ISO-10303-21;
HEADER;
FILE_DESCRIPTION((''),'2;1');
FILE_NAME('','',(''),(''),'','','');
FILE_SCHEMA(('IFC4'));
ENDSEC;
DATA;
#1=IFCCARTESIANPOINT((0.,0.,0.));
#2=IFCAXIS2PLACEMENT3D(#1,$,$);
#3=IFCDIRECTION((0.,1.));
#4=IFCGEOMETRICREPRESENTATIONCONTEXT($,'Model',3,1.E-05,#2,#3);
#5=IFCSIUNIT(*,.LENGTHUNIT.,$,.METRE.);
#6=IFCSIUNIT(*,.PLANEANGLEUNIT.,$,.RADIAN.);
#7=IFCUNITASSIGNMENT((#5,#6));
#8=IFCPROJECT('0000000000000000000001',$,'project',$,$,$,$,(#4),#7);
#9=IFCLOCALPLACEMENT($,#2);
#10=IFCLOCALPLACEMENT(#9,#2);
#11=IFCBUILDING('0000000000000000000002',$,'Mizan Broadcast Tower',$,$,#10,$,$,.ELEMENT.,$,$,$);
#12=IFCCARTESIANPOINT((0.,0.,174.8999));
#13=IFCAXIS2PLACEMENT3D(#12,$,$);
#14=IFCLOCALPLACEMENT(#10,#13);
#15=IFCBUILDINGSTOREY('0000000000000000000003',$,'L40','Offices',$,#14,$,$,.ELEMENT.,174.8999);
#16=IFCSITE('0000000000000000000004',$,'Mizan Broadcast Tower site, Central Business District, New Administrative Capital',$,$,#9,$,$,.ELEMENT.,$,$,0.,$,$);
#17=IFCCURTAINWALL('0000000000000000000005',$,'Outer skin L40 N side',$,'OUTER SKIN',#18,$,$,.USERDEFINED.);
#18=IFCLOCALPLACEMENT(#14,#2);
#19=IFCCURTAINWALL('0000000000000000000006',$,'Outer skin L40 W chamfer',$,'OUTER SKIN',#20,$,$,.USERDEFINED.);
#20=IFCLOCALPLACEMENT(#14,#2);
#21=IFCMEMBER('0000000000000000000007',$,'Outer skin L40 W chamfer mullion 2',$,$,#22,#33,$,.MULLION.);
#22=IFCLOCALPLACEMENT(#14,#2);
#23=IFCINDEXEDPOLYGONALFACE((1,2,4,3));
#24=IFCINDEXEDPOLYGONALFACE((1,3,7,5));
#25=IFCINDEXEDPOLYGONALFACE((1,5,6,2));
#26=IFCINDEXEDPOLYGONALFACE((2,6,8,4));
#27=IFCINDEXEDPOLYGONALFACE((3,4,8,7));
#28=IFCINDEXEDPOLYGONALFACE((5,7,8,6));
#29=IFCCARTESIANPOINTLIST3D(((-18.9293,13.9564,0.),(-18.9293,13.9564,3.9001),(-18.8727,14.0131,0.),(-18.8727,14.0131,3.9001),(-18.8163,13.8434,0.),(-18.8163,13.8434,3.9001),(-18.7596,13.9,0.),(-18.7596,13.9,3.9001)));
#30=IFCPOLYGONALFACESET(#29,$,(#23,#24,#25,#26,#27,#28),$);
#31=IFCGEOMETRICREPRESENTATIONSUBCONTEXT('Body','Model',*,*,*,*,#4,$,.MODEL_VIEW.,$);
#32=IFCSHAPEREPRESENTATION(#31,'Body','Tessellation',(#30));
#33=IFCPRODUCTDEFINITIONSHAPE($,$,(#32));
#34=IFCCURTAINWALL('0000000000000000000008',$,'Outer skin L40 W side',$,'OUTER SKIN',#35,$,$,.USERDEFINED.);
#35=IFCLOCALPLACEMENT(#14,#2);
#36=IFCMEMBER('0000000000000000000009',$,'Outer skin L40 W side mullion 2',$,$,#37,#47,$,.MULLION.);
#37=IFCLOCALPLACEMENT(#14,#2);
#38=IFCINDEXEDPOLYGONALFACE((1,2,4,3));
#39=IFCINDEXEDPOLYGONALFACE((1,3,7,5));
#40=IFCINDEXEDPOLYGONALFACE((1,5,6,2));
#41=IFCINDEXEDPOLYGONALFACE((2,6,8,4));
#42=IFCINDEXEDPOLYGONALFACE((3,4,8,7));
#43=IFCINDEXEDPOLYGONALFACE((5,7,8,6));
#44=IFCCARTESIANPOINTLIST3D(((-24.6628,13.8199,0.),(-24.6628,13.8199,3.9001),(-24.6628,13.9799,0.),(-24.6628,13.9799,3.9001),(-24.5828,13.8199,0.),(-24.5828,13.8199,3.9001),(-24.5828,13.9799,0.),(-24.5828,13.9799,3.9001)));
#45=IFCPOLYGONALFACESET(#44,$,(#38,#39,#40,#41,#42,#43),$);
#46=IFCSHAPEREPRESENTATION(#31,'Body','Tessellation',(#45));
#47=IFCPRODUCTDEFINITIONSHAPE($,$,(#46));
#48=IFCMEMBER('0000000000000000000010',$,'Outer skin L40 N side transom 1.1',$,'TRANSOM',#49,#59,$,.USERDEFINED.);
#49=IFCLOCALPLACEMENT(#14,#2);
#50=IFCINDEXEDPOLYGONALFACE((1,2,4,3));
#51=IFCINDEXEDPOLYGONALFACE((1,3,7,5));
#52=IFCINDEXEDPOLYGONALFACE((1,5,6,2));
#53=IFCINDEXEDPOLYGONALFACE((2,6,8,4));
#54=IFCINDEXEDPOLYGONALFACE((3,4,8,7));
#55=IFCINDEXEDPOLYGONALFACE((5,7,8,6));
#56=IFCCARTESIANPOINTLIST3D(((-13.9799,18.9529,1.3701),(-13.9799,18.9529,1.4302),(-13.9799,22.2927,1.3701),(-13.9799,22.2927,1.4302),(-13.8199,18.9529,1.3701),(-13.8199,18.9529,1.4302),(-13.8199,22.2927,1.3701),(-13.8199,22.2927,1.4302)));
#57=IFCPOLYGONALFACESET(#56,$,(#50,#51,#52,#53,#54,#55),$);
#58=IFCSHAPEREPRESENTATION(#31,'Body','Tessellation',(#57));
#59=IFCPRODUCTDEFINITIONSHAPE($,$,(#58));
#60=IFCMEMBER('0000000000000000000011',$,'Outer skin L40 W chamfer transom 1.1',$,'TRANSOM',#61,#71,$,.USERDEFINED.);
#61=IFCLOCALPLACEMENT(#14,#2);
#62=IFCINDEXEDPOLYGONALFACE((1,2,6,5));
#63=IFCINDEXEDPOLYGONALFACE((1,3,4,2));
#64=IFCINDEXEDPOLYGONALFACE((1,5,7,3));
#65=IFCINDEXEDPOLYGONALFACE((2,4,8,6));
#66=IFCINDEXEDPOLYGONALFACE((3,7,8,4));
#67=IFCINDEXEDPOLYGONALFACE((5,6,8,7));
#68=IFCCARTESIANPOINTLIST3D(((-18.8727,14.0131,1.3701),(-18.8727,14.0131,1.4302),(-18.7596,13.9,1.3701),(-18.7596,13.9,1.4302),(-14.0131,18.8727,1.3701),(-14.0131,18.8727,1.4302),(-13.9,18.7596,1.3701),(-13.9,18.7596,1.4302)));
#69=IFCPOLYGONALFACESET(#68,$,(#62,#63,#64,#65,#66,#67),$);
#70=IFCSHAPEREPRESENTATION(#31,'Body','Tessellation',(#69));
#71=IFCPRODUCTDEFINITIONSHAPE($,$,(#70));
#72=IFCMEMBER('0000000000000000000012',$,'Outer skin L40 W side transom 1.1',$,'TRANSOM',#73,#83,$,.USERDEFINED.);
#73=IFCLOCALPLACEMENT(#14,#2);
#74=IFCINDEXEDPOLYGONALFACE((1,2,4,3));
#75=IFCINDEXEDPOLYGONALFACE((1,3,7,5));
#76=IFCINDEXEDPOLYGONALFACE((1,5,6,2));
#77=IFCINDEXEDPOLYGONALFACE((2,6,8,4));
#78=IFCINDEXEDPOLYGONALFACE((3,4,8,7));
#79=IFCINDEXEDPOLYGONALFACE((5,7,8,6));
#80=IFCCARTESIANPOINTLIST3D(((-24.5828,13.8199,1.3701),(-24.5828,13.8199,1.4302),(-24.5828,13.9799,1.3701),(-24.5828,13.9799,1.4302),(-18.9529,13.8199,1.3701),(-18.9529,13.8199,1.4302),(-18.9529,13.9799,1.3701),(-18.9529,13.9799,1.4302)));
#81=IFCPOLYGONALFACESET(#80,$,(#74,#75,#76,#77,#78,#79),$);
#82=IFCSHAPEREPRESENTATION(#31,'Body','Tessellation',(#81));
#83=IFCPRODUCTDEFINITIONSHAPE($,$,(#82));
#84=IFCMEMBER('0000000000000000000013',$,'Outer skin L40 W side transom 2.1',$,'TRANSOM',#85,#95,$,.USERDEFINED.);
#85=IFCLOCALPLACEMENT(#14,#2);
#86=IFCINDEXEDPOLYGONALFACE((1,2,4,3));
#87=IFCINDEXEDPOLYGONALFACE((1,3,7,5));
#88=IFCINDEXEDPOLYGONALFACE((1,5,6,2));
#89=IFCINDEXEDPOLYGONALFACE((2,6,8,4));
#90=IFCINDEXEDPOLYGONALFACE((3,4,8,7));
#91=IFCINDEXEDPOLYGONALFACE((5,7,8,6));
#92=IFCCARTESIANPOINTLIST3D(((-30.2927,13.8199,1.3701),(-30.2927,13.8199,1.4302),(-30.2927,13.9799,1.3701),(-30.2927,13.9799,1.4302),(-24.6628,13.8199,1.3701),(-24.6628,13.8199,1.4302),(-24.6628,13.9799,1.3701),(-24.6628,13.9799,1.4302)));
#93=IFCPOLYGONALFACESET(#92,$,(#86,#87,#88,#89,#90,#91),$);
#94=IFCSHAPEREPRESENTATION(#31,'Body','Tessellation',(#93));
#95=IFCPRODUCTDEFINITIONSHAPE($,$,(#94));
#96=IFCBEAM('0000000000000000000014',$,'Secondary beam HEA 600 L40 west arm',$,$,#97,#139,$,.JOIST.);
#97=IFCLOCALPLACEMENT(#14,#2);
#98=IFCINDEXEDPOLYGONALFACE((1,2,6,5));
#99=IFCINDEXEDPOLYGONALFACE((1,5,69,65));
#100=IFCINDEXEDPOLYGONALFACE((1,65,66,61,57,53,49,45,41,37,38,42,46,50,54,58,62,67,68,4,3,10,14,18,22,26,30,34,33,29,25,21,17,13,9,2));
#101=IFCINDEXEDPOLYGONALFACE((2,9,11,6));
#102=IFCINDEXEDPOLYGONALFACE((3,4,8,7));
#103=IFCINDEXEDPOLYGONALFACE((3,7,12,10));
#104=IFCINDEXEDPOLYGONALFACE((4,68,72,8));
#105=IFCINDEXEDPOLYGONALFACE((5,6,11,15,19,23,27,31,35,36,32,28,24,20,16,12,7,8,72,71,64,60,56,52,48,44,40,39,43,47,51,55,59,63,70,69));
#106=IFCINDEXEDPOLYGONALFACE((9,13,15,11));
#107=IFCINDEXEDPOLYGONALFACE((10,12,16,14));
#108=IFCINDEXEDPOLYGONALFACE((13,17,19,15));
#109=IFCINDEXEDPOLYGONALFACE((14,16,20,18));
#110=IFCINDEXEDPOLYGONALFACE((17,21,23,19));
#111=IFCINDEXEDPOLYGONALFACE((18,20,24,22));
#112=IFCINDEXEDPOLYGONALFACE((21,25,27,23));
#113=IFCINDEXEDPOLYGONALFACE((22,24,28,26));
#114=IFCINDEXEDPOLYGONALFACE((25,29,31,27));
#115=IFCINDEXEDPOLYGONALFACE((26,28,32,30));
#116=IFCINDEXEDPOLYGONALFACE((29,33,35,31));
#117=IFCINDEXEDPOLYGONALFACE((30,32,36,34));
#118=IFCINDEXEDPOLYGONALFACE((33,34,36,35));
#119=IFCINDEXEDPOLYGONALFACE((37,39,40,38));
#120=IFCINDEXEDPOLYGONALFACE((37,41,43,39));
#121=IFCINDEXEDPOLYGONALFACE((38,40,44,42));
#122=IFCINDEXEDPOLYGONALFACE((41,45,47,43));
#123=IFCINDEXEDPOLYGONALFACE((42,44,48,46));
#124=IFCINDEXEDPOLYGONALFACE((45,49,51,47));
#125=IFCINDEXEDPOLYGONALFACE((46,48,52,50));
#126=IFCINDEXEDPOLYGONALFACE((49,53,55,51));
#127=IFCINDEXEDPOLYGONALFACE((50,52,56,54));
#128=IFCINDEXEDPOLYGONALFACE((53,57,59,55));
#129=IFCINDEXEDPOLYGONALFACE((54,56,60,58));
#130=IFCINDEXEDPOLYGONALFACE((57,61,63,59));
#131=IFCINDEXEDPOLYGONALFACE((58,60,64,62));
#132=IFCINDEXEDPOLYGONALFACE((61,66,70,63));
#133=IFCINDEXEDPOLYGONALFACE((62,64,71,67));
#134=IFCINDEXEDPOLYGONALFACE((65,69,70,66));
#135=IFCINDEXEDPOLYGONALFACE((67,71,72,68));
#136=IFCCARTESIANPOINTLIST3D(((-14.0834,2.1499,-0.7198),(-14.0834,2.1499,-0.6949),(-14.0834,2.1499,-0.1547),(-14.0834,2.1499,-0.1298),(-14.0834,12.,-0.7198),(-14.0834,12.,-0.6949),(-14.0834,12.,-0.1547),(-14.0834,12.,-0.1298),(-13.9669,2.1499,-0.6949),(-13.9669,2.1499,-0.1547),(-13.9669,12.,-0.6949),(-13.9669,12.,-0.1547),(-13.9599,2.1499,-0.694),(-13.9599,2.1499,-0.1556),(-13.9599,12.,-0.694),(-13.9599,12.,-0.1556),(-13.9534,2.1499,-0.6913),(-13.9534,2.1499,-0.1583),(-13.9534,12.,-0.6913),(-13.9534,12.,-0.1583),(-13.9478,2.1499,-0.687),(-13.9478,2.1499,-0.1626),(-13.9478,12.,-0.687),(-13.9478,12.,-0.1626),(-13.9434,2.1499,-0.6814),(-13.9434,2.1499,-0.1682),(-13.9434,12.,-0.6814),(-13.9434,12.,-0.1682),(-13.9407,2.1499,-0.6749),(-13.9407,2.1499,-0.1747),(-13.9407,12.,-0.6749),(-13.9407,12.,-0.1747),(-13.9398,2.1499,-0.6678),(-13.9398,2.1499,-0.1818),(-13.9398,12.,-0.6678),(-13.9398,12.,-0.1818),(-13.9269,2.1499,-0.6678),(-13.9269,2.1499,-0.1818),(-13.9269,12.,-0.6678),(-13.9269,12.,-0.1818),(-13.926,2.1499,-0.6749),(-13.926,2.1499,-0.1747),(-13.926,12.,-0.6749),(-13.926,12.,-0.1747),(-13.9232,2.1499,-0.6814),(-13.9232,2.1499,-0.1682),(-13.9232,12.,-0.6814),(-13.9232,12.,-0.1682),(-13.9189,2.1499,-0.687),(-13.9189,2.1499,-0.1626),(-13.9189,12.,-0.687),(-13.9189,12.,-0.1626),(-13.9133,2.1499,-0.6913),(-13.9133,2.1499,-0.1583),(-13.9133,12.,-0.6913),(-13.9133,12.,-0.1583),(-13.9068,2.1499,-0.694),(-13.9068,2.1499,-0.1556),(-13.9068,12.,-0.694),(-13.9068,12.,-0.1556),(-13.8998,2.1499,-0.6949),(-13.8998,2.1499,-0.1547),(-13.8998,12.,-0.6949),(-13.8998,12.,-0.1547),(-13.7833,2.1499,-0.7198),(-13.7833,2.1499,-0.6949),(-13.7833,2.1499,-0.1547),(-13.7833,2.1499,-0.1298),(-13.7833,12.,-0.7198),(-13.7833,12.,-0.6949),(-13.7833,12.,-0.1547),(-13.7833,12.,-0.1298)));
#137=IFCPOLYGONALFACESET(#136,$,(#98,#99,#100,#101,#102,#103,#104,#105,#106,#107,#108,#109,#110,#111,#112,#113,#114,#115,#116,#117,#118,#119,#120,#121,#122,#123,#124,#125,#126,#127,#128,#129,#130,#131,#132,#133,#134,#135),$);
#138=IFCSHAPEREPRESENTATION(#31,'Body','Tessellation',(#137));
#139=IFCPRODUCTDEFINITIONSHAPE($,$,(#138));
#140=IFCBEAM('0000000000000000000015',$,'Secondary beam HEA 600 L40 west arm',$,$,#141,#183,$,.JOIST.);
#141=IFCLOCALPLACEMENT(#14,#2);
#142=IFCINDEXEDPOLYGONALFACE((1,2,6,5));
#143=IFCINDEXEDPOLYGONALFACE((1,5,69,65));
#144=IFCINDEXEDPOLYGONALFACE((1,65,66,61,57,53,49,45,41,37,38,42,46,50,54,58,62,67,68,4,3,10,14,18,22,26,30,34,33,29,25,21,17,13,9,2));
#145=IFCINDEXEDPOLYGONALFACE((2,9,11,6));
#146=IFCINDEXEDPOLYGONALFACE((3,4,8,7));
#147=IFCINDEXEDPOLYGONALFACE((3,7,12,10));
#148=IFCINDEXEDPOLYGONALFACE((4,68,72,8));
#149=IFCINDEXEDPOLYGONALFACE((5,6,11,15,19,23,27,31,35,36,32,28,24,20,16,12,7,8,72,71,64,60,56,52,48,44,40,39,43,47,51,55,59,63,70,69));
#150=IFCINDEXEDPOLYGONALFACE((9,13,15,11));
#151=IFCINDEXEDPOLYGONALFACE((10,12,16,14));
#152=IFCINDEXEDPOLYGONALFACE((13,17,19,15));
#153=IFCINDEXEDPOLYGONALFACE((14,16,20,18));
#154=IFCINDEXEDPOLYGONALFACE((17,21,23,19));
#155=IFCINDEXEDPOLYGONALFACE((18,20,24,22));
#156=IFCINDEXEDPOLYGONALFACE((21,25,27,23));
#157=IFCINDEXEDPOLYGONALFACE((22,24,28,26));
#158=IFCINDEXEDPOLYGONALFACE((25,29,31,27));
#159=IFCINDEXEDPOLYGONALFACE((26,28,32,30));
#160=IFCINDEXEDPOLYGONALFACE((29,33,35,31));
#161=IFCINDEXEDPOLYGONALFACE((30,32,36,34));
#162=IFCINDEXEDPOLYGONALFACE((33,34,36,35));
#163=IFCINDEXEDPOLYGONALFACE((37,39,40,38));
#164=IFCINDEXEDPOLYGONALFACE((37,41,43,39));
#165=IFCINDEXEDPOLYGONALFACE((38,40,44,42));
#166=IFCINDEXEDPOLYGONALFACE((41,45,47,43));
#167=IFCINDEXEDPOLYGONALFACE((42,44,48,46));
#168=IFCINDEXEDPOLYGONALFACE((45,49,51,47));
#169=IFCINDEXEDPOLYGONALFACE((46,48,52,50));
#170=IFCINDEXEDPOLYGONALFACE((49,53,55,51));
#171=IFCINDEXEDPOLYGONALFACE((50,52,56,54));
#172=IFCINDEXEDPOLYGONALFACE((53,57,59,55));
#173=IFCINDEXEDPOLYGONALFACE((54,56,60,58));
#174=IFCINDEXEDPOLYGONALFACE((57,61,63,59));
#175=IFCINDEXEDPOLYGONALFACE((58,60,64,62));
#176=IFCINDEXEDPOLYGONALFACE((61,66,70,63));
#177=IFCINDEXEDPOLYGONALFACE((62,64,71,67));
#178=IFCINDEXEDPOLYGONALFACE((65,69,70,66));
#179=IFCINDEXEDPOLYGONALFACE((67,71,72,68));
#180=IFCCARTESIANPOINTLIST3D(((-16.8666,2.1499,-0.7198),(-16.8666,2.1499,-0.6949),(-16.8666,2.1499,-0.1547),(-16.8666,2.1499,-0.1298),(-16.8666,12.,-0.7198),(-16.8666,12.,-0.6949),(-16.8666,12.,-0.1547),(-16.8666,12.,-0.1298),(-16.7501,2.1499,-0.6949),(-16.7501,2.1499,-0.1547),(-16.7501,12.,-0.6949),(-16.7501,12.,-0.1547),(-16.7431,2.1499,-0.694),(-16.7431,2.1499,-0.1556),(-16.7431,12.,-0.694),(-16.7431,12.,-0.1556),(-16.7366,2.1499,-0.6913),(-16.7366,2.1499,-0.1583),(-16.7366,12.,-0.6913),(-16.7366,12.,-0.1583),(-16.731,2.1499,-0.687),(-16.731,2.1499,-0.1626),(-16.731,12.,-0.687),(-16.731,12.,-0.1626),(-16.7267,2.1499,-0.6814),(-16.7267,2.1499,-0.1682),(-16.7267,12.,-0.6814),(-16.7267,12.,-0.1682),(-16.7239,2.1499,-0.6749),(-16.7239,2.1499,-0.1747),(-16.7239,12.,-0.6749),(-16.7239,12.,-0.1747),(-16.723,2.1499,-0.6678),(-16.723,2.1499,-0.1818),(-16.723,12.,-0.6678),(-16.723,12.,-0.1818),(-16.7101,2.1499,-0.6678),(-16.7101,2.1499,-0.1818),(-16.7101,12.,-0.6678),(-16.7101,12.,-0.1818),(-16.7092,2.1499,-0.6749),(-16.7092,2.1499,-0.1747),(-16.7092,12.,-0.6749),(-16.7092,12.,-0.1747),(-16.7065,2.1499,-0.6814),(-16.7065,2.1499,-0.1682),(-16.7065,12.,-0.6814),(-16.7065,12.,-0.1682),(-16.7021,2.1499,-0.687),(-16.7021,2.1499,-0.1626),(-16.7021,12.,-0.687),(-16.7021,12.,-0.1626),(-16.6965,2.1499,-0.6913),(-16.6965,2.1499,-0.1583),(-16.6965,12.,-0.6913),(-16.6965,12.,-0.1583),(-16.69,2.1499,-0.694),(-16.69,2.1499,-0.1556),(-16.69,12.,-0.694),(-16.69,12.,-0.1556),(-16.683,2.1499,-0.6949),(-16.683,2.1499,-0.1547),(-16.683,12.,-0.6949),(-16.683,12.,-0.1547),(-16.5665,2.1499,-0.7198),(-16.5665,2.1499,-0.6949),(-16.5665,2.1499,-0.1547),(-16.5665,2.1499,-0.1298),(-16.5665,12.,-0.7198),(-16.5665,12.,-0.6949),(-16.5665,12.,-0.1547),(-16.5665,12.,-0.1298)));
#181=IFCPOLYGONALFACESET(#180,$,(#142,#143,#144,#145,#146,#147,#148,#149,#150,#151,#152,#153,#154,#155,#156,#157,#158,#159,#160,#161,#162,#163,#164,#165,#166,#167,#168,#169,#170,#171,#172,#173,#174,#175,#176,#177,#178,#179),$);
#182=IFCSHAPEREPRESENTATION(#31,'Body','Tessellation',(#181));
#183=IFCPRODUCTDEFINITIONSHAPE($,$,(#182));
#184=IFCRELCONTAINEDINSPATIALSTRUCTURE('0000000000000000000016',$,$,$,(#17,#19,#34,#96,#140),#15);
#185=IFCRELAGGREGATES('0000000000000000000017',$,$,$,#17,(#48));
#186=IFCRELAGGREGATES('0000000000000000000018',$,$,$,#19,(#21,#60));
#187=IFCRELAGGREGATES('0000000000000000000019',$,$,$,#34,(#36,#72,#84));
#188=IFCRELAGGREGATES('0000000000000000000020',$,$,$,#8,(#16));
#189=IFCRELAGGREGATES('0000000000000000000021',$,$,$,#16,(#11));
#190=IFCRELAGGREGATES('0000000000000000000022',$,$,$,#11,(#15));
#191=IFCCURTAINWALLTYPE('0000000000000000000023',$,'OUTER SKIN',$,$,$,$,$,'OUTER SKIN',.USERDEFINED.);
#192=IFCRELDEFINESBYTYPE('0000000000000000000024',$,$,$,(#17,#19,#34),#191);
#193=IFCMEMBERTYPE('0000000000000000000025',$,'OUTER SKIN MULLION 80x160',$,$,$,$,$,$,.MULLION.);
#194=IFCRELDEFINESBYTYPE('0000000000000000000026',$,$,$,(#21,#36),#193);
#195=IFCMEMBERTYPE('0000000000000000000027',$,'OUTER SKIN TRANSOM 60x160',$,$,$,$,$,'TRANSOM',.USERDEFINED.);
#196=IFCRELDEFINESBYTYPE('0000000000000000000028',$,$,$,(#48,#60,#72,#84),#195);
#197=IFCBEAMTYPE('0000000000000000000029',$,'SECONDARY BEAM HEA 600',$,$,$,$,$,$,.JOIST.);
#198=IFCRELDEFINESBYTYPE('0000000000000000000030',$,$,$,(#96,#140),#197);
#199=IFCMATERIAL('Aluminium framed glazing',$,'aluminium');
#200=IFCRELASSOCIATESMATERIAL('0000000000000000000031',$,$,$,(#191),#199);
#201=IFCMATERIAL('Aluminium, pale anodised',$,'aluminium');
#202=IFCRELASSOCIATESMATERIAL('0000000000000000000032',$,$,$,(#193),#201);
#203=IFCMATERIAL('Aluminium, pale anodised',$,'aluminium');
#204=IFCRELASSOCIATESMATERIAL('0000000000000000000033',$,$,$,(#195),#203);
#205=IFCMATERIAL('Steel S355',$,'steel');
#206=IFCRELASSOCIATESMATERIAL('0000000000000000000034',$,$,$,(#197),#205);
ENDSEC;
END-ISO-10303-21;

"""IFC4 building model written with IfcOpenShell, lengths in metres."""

from ifc_helpers import new_model, si_unit, direction, frame, origin, origin_2d, place, context, subcontext, project, spatial, rectangle, i_section, extrude, material, material_profile, profile_set, type_object, element, aggregate, save


model = new_model("IFC4")

# Units and contexts
model_context = context("Model", 3, precision=1e-05, world=origin(), true_north=direction((0.0, 1.0)))
body_context = subcontext(model_context, "Body", "Model", "MODEL_VIEW")
ifc_project = project(units=[si_unit("LENGTHUNIT", "METRE"), si_unit("PLANEANGLEUNIT", "RADIAN")], contexts=[model_context])

# Site, building, storey
site_placement = place(None, origin())
site = spatial("IfcSite", under=ifc_project, at=site_placement, Name="Mizan Broadcast Tower site, Central Business District, New Administrative Capital", CompositionType="ELEMENT", RefElevation=0.0)
building_placement = place(site_placement, origin())
building = spatial("IfcBuilding", under=site, at=building_placement, Name="Mizan Broadcast Tower", CompositionType="ELEMENT")
storey_placement = place(building_placement, frame((0.0, 0.0, 174.8999)))
storey = spatial("IfcBuildingStorey", under=building, at=storey_placement, Name="L40", Description="Offices", CompositionType="ELEMENT", Elevation=174.8999)

# Curtain walls, members
ifc_material_1 = material(Name="Aluminium framed glazing", Category="aluminium")
curtain_wall_type_1 = type_object("IfcCurtainWallType", Name="OUTER SKIN", ElementType="OUTER SKIN", PredefinedType="USERDEFINED", material=ifc_material_1)
curtain_wall_1_placement = place(storey_placement, origin())
curtain_wall_1 = element("IfcCurtainWall", 1, at=curtain_wall_1_placement, inside=storey, type_object=curtain_wall_type_1, Name="Outer skin L40 N side", ObjectType="OUTER SKIN", PredefinedType="USERDEFINED")
ifc_material_2 = material(Name="Aluminium, pale anodised", Category="aluminium")
ifc_material_profile_1 = material_profile(ifc_material_2, rectangle(XDim=0.1599, YDim=0.0801, at=origin_2d()), Name="MULLION 160x80")
ifc_profile_set_1 = profile_set([ifc_material_profile_1], Name="Aluminium, pale anodised")
member_type_1 = type_object("IfcMemberType", Name="OUTER SKIN MULLION 80x160", PredefinedType="MULLION", material=ifc_profile_set_1)
curtain_wall_2_placement = place(storey_placement, origin())
curtain_wall_2 = element("IfcCurtainWall", 2, at=curtain_wall_2_placement, inside=storey, type_object=curtain_wall_type_1, Name="Outer skin L40 W chamfer", ObjectType="OUTER SKIN", PredefinedType="USERDEFINED")
member_1_placement = place(storey_placement, frame((-18.8445, 13.9282, 0.0), z_axis=(0.0, 0.0, 1.0), x_axis=(0.707107, -0.707107, 0.0)))
member_1 = element("IfcMember", 3, at=member_1_placement, type_object=member_type_1, Name="Outer skin L40 W chamfer mullion 2", PredefinedType="MULLION", context=body_context, shape_type="SweptSolid", body=[
    extrude(rectangle(XDim=0.1599, YDim=0.0801, at=origin_2d()), origin(), (0.0, 0.0, 1.0), 3.9001),
])
curtain_wall_3_placement = place(storey_placement, origin())
curtain_wall_3 = element("IfcCurtainWall", 4, at=curtain_wall_3_placement, inside=storey, type_object=curtain_wall_type_1, Name="Outer skin L40 W side", ObjectType="OUTER SKIN", PredefinedType="USERDEFINED")
member_2_placement = place(storey_placement, frame((-24.6228, 13.8999, 0.0), z_axis=(0.0, 0.0, 1.0), x_axis=(0.0, -1.0, 0.0)))
member_2 = element("IfcMember", 5, at=member_2_placement, type_object=member_type_1, Name="Outer skin L40 W side mullion 2", PredefinedType="MULLION", context=body_context, shape_type="SweptSolid", body=[
    extrude(rectangle(XDim=0.1599, YDim=0.0801, at=origin_2d()), origin(), (0.0, 0.0, 1.0), 3.9001),
])

# Members
ifc_material_3 = material(Name="Aluminium, pale anodised", Category="aluminium")
ifc_material_profile_2 = material_profile(ifc_material_3, rectangle(XDim=0.1599, YDim=0.0601, at=origin_2d()), Name="TRANSOM 160x60")
ifc_profile_set_2 = profile_set([ifc_material_profile_2], Name="Aluminium, pale anodised")
member_type_2 = type_object("IfcMemberType", Name="OUTER SKIN TRANSOM 60x160", ElementType="TRANSOM", PredefinedType="USERDEFINED", material=ifc_profile_set_2)
member_3_placement = place(storey_placement, frame((-13.8999, 22.2927, 1.4001), z_axis=(0.0, -1.0, 0.0), x_axis=(1.0, 0.0, 0.0)))
member_3 = element("IfcMember", 6, at=member_3_placement, type_object=member_type_2, Name="Outer skin L40 N side transom 1.1", ObjectType="TRANSOM", PredefinedType="USERDEFINED", context=body_context, shape_type="SweptSolid", body=[
    extrude(rectangle(XDim=0.1599, YDim=0.0601, at=origin_2d()), origin(), (0.0, 0.0, 1.0), 3.3398),
])
member_4_placement = place(storey_placement, frame((-13.9565, 18.8162, 1.4001), z_axis=(-0.707107, -0.707107, 0.0), x_axis=(0.707107, -0.707107, 0.0)))
member_4 = element("IfcMember", 7, at=member_4_placement, type_object=member_type_2, Name="Outer skin L40 W chamfer transom 1.1", ObjectType="TRANSOM", PredefinedType="USERDEFINED", context=body_context, shape_type="SweptSolid", body=[
    extrude(rectangle(XDim=0.1599, YDim=0.0601, at=origin_2d()), origin(), (0.0, 0.0, 1.0), 6.8726),
])
member_5_placement = place(storey_placement, frame((-18.9529, 13.8999, 1.4001), z_axis=(-1.0, 0.0, 0.0), x_axis=(0.0, -1.0, 0.0)))
member_5 = element("IfcMember", 8, at=member_5_placement, type_object=member_type_2, Name="Outer skin L40 W side transom 1.1", ObjectType="TRANSOM", PredefinedType="USERDEFINED", context=body_context, shape_type="SweptSolid", body=[
    extrude(rectangle(XDim=0.1599, YDim=0.0601, at=origin_2d()), origin(), (0.0, 0.0, 1.0), 5.6299),
])
member_6_placement = place(storey_placement, frame((-24.6628, 13.8999, 1.4001), z_axis=(-1.0, 0.0, 0.0), x_axis=(0.0, -1.0, 0.0)))
member_6 = element("IfcMember", 9, at=member_6_placement, type_object=member_type_2, Name="Outer skin L40 W side transom 2.1", ObjectType="TRANSOM", PredefinedType="USERDEFINED", context=body_context, shape_type="SweptSolid", body=[
    extrude(rectangle(XDim=0.1599, YDim=0.0601, at=origin_2d()), origin(), (0.0, 0.0, 1.0), 5.6299),
])

# Beams
ifc_material_4 = material(Name="Steel S355", Category="steel")
ifc_material_profile_3 = material_profile(ifc_material_4, i_section(OverallWidth=0.3, OverallDepth=0.5901, WebThickness=0.0129, FlangeThickness=0.0249, FilletRadius=0.0271, at=origin_2d()), Name="HEA 600")
ifc_profile_set_3 = profile_set([ifc_material_profile_3], Name="Steel S355")
beam_type_1 = type_object("IfcBeamType", Name="SECONDARY BEAM HEA 600", PredefinedType="JOIST", material=ifc_profile_set_3)
for number, where, z_axis, x_axis, name in (
    (10, (-13.9333, 12.0, -0.4248), (0.0, -1.0, 0.0), (1.0, 0.0, 0.0), "Secondary beam HEA 600 L40 west arm"),
    (11, (-16.7166, 12.0, -0.4248), (0.0, -1.0, 0.0), (1.0, 0.0, 0.0), "Secondary beam HEA 600 L40 west arm"),
):
    element("IfcBeam", number, at=place(storey_placement, frame(where, z_axis=z_axis, x_axis=x_axis)), inside=storey, type_object=beam_type_1, Name=name, PredefinedType="JOIST", context=body_context, shape_type="SweptSolid", body=[
        extrude(i_section(OverallWidth=0.3, OverallDepth=0.5901, WebThickness=0.0129, FlangeThickness=0.0249, FilletRadius=0.0271, at=origin_2d()), origin(), (0.0, 0.0, 1.0), 9.8501),
    ])

aggregate(curtain_wall_1, [member_3])
aggregate(curtain_wall_2, [member_1, member_4])
aggregate(curtain_wall_3, [member_2, member_5, member_6])

save(model, "model.ifc")
